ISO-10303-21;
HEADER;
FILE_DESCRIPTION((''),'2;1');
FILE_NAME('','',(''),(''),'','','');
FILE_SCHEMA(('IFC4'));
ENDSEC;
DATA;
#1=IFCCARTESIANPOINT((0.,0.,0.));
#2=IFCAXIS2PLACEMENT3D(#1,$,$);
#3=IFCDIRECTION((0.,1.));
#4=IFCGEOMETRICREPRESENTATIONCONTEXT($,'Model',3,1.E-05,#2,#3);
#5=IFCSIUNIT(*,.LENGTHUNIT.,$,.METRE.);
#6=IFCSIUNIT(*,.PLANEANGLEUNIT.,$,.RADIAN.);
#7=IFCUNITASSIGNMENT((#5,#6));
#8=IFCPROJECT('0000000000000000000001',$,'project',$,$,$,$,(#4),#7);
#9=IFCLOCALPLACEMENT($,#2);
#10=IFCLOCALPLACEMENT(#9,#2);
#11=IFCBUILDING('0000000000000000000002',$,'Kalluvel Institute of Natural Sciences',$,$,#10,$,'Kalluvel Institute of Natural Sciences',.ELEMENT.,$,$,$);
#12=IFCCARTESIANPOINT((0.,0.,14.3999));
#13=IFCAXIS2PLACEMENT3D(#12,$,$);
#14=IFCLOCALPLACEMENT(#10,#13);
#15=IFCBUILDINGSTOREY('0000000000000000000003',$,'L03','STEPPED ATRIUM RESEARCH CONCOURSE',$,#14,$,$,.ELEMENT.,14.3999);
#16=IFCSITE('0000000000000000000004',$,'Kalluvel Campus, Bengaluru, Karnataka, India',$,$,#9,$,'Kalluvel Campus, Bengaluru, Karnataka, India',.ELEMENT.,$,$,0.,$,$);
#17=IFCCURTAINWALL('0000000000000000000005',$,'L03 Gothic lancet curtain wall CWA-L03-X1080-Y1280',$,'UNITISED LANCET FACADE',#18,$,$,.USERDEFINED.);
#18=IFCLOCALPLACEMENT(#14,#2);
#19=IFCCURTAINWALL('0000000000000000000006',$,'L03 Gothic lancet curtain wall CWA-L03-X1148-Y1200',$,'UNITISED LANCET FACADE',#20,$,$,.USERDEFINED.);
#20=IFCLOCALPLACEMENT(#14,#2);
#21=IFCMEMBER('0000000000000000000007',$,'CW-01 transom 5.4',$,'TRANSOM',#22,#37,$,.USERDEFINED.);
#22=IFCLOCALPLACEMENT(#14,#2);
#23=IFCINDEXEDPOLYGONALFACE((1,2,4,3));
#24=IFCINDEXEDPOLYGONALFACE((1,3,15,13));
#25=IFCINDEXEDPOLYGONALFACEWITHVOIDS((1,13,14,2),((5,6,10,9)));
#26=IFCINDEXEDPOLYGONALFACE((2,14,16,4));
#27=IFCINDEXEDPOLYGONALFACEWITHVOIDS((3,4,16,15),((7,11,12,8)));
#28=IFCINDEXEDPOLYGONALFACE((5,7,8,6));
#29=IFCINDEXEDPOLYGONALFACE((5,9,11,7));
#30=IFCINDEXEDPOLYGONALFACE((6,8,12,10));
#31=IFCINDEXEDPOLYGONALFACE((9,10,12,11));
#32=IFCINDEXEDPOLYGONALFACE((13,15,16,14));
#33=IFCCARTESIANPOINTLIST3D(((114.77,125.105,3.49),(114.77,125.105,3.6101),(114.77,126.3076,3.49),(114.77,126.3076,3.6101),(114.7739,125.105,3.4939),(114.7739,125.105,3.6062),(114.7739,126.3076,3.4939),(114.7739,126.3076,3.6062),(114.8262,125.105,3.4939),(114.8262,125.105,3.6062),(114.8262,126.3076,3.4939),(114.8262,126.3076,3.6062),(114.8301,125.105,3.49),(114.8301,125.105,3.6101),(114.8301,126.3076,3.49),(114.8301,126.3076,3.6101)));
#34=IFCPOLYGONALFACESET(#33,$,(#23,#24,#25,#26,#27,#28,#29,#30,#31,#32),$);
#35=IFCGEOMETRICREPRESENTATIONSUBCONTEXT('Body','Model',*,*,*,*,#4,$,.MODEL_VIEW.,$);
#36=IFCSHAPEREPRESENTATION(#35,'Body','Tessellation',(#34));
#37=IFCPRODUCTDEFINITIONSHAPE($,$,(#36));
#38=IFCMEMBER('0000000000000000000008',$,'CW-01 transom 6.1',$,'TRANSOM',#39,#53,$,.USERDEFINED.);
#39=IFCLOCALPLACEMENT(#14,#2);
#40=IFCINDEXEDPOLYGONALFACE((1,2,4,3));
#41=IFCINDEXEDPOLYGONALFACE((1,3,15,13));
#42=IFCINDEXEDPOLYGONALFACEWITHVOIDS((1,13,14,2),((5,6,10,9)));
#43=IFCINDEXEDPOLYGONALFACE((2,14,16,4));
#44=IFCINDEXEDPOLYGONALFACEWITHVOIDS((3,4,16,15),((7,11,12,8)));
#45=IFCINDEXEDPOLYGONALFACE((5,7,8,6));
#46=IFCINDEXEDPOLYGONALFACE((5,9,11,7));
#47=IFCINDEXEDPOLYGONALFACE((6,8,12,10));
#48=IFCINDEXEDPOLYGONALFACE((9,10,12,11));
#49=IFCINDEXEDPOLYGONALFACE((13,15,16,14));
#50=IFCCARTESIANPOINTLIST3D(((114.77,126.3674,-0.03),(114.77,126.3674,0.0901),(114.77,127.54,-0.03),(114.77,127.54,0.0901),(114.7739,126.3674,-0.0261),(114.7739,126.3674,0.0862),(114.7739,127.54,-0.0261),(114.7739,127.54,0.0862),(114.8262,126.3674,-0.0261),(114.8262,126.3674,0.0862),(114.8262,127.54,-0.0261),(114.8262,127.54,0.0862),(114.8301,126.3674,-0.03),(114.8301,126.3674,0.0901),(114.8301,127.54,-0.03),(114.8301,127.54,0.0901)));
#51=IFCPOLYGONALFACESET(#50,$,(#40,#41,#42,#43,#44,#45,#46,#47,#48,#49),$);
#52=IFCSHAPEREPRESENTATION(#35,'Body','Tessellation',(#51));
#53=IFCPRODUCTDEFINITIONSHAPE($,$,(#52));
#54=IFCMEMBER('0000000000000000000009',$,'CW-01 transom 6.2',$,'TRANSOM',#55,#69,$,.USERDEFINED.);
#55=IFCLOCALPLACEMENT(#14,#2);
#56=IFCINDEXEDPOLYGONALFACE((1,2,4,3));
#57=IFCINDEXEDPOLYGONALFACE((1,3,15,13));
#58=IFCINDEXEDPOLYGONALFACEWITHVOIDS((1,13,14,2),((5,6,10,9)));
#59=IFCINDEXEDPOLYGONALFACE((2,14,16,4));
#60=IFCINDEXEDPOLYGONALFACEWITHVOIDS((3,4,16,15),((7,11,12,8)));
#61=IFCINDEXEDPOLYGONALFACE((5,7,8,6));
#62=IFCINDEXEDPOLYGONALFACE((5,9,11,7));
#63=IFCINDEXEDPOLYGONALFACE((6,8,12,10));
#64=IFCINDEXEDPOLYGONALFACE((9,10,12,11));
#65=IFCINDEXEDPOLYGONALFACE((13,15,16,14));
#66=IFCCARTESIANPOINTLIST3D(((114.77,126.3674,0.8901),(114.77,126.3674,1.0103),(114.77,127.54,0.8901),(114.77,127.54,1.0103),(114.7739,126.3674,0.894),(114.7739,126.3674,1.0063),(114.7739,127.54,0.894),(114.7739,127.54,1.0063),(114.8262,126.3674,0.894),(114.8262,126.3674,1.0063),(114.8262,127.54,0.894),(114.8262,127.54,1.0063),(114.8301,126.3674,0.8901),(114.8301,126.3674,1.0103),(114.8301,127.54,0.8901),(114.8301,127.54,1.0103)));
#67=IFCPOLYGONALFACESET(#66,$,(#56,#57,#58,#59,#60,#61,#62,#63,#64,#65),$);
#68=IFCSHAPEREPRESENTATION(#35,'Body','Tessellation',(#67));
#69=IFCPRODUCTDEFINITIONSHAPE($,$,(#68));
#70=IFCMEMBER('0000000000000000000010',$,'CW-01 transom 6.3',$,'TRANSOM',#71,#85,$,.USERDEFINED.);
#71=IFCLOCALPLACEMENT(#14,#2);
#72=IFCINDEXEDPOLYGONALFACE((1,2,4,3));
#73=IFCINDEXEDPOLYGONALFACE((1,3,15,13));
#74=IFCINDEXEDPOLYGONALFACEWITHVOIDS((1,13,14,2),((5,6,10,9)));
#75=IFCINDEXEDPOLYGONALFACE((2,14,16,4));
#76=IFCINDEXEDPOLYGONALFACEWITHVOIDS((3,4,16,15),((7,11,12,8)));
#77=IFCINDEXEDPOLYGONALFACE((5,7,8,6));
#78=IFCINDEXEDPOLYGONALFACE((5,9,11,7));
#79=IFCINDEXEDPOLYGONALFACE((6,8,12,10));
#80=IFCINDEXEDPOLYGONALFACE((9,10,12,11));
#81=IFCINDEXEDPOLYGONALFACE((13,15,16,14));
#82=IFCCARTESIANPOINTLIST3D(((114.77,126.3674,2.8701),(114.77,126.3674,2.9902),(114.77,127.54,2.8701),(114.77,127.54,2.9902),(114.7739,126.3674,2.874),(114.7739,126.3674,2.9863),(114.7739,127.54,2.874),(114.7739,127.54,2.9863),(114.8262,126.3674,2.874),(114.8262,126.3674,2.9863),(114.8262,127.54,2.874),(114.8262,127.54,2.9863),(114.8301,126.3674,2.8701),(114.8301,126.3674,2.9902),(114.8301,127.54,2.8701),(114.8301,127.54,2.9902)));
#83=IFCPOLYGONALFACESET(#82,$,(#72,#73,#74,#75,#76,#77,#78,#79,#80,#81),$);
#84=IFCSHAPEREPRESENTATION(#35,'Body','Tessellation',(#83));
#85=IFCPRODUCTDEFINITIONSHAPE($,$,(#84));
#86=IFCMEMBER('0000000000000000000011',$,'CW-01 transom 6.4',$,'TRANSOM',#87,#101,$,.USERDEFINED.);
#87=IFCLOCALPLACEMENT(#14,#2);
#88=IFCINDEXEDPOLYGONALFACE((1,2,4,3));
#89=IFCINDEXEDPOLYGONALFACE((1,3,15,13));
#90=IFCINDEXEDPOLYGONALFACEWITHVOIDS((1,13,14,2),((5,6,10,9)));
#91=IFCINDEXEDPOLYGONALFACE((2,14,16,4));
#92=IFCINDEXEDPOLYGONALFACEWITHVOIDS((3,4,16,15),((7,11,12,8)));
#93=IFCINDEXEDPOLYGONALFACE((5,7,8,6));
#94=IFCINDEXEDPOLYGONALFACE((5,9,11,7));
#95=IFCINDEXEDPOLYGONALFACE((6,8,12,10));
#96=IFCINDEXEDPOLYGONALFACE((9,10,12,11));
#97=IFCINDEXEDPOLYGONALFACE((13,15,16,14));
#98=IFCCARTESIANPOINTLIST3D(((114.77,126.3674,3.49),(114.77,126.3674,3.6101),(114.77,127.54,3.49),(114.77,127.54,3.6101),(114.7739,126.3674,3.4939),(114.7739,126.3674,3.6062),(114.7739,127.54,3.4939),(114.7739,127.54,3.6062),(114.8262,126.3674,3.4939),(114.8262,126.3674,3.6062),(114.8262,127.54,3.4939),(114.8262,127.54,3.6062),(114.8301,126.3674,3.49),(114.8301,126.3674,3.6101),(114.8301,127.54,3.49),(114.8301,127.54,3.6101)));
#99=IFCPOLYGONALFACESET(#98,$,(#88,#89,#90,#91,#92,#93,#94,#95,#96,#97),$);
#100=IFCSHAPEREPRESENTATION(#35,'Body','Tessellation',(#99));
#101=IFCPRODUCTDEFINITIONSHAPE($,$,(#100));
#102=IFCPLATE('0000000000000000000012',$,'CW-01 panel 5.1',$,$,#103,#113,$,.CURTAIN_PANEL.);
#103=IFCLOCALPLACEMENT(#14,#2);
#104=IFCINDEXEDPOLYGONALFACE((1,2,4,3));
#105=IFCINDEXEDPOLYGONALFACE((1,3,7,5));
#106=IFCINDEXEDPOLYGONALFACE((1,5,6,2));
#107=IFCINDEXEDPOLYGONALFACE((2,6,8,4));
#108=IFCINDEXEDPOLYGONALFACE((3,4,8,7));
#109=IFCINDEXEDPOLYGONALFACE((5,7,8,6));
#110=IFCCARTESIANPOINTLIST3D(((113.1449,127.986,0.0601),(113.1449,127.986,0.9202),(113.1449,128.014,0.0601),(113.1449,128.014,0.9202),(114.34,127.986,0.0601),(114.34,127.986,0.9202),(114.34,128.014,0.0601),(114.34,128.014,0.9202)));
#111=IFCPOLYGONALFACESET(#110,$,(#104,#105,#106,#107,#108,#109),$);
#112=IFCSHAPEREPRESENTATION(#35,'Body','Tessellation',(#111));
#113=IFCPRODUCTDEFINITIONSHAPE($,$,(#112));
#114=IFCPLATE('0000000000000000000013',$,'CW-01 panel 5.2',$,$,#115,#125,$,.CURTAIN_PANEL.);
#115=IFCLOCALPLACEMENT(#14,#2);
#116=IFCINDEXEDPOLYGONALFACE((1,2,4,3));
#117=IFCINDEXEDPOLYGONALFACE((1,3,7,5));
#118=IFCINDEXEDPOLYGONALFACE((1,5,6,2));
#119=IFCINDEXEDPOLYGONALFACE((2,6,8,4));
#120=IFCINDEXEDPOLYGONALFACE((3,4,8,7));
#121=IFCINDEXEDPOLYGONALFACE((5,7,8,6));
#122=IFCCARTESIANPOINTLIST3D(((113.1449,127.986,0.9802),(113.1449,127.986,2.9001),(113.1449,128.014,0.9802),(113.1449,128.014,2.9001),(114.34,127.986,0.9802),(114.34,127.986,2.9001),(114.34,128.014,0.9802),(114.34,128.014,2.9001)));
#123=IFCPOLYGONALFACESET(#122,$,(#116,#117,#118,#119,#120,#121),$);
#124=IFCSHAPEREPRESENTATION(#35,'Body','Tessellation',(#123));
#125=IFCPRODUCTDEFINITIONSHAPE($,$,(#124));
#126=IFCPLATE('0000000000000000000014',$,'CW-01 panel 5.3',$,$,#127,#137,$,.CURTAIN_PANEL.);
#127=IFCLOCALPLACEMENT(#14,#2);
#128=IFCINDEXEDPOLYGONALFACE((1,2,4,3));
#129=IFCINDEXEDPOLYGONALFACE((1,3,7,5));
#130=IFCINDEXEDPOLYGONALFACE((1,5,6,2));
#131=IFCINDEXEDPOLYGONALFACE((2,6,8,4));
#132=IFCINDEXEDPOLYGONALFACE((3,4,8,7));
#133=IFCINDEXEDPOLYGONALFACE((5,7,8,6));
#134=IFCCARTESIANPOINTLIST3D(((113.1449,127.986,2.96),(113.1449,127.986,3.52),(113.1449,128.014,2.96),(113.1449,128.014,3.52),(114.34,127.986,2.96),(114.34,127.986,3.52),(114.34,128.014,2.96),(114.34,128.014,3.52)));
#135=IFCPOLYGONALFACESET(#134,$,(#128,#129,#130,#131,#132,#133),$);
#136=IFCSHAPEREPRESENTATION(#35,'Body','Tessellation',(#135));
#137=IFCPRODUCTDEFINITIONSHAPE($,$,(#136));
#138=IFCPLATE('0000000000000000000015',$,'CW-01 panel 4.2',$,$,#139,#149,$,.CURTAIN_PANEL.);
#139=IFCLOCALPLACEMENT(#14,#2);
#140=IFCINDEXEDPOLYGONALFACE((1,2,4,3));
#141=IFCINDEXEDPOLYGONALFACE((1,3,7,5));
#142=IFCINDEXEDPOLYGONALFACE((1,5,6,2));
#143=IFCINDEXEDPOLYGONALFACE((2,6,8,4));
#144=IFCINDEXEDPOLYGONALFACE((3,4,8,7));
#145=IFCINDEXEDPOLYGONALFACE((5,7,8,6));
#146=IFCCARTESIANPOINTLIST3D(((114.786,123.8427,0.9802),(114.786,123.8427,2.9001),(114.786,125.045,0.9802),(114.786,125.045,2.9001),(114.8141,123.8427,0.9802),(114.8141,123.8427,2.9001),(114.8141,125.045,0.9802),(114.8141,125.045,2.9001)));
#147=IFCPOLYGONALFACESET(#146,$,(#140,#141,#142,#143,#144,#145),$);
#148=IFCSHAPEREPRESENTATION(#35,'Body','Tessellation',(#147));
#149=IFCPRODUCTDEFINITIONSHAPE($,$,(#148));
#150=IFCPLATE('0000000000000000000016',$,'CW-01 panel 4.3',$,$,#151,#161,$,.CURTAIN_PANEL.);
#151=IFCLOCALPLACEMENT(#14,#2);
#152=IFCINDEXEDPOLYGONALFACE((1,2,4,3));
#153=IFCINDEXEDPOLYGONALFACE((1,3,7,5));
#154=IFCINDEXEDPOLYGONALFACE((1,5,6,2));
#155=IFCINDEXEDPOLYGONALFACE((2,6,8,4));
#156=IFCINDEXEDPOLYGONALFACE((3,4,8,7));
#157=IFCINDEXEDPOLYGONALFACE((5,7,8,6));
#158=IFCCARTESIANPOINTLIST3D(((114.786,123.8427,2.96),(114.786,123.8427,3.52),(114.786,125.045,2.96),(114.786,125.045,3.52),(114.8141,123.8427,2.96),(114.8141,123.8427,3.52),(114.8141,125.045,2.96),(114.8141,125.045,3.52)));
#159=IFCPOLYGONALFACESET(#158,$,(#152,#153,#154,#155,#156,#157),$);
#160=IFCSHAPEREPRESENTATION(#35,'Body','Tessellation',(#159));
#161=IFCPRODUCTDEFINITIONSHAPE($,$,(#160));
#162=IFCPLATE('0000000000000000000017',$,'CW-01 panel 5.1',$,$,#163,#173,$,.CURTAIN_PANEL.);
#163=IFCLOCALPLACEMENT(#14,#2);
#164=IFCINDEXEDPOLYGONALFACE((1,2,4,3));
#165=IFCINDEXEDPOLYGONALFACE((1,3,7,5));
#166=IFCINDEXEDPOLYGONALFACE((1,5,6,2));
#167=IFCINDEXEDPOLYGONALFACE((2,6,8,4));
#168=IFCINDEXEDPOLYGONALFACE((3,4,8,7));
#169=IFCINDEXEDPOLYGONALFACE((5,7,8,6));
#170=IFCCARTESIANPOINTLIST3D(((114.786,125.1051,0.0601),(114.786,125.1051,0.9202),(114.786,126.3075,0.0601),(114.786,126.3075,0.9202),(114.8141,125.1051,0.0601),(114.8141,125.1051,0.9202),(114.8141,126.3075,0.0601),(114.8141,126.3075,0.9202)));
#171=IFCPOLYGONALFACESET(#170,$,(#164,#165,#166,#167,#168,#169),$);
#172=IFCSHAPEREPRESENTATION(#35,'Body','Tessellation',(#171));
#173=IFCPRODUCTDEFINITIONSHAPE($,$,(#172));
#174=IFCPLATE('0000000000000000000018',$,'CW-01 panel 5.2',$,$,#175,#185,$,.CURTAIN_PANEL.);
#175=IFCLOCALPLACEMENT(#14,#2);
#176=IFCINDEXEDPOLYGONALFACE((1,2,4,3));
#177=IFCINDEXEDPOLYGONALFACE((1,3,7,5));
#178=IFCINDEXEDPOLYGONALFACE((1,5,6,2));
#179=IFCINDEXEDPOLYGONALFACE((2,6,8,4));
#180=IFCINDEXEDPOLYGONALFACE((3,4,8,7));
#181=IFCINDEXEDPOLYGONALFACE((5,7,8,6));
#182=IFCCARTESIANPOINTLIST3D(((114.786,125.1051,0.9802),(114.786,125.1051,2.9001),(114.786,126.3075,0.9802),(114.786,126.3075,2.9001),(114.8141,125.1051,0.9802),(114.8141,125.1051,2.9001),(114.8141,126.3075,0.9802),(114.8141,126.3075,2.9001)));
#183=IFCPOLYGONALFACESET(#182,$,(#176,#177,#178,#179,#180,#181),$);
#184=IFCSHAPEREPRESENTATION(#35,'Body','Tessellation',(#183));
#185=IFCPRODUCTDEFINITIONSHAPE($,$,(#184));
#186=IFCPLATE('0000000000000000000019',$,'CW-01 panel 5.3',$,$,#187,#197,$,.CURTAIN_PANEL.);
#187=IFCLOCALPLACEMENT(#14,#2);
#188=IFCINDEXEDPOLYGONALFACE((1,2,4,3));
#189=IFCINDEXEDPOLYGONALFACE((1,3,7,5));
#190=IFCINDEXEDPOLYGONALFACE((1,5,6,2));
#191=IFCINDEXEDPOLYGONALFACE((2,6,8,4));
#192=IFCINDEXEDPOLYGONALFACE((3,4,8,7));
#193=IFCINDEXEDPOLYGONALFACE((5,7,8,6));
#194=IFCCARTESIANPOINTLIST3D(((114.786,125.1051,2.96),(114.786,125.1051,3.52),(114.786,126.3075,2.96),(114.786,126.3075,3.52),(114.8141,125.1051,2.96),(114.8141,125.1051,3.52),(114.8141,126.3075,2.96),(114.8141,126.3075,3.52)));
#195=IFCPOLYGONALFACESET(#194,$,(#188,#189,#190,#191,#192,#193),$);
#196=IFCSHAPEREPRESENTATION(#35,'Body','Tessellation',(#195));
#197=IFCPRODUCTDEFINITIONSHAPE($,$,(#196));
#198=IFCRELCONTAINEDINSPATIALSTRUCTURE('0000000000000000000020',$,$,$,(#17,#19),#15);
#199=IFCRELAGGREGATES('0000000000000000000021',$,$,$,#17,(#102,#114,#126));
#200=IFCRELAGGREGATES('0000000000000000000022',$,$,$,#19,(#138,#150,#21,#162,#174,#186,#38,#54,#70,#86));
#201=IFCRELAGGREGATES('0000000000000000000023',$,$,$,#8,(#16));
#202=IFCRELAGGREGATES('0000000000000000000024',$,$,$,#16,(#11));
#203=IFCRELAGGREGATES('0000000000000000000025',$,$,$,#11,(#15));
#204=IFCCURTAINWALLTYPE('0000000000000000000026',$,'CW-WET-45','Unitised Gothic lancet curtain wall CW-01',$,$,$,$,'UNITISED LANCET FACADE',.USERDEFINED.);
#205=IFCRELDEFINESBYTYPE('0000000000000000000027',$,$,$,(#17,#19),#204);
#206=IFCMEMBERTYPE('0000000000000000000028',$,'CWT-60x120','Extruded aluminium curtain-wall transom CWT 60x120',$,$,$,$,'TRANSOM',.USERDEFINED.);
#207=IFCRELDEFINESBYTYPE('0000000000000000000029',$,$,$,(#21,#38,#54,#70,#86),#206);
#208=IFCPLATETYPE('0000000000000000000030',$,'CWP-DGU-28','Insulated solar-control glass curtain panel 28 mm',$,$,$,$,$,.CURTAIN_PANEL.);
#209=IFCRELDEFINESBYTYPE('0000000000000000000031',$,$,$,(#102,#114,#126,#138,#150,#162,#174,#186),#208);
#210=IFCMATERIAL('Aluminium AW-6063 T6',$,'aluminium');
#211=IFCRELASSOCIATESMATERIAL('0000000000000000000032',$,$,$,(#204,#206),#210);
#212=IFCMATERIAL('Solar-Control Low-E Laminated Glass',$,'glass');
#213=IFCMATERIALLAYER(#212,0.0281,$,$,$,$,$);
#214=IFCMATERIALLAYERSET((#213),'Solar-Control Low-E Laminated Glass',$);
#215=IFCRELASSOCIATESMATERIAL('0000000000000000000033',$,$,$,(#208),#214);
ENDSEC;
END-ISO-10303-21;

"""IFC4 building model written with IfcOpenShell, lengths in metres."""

from ifc_helpers import new_model, si_unit, direction, frame, origin, origin_2d, place, context, subcontext, project, spatial, rectangle, hollow_rectangle, extrude, material, layer, layer_set, material_profile, profile_set, type_object, element, aggregate, save


model = new_model("IFC4")

# Units and contexts
model_context = context("Model", 3, precision=1e-05, world=origin(), true_north=direction((0.0, 1.0)))
body_context = subcontext(model_context, "Body", "Model", "MODEL_VIEW")
ifc_project = project(units=[si_unit("LENGTHUNIT", "METRE"), si_unit("PLANEANGLEUNIT", "RADIAN")], contexts=[model_context])

# Site, building, storey
site_placement = place(None, origin())
site = spatial("IfcSite", under=ifc_project, at=site_placement, Name="Kalluvel Campus, Bengaluru, Karnataka, India", LongName="Kalluvel Campus, Bengaluru, Karnataka, India", CompositionType="ELEMENT", RefElevation=0.0)
building_placement = place(site_placement, origin())
building = spatial("IfcBuilding", under=site, at=building_placement, Name="Kalluvel Institute of Natural Sciences", LongName="Kalluvel Institute of Natural Sciences", CompositionType="ELEMENT")
storey_placement = place(building_placement, frame((0.0, 0.0, 14.3999)))
storey = spatial("IfcBuildingStorey", under=building, at=storey_placement, Name="L03", Description="STEPPED ATRIUM RESEARCH CONCOURSE", CompositionType="ELEMENT", Elevation=14.3999)

# Curtain wall
ifc_material_1 = material(Name="Aluminium AW-6063 T6", Category="aluminium")
curtain_wall_type = type_object("IfcCurtainWallType", Name="CW-WET-45", Description="Unitised Gothic lancet curtain wall CW-01", ElementType="UNITISED LANCET FACADE", PredefinedType="USERDEFINED", material=ifc_material_1)
curtain_wall_1_placement = place(storey_placement, origin())
curtain_wall_1 = element("IfcCurtainWall", 1, at=curtain_wall_1_placement, inside=storey, type_object=curtain_wall_type, Name="L03 Gothic lancet curtain wall CWA-L03-X1080-Y1280", ObjectType="UNITISED LANCET FACADE", PredefinedType="USERDEFINED")

# Curtain wall
curtain_wall_2_placement = place(storey_placement, origin())
curtain_wall_2 = element("IfcCurtainWall", 2, at=curtain_wall_2_placement, inside=storey, type_object=curtain_wall_type, Name="L03 Gothic lancet curtain wall CWA-L03-X1148-Y1200", ObjectType="UNITISED LANCET FACADE", PredefinedType="USERDEFINED")

# Members
ifc_material_profile_1 = material_profile(ifc_material_1, hollow_rectangle(XDim=0.0601, YDim=0.1201, WallThickness=0.0039, at=origin_2d()), Name="CWT 60x120")
ifc_profile_set_1 = profile_set([ifc_material_profile_1], Name="Aluminium AW-6063 T6")
member_type_1 = type_object("IfcMemberType", Name="CWT-60x120", Description="Extruded aluminium curtain-wall transom CWT 60x120", ElementType="TRANSOM", PredefinedType="USERDEFINED", material=ifc_profile_set_1)
member_1_placement = place(storey_placement, frame((114.8, 125.105, 3.55), z_axis=(0.0, 1.0, 0.0), x_axis=(-1.0, 0.0, 0.0)))
member_1 = element("IfcMember", 3, at=member_1_placement, type_object=member_type_1, Name="CW-01 transom 5.4", ObjectType="TRANSOM", PredefinedType="USERDEFINED", context=body_context, shape_type="SweptSolid", body=[
    extrude(hollow_rectangle(XDim=0.0601, YDim=0.1201, WallThickness=0.0039, at=origin_2d()), origin(), (0.0, 0.0, 1.0), 1.2026),
])
member_2_placement = place(storey_placement, frame((114.8, 126.3674, 0.03), z_axis=(0.0, 1.0, 0.0), x_axis=(-1.0, 0.0, 0.0)))
member_2 = element("IfcMember", 4, at=member_2_placement, type_object=member_type_1, Name="CW-01 transom 6.1", ObjectType="TRANSOM", PredefinedType="USERDEFINED", context=body_context, shape_type="SweptSolid", body=[
    extrude(hollow_rectangle(XDim=0.0601, YDim=0.1201, WallThickness=0.0039, at=origin_2d()), origin(), (0.0, 0.0, 1.0), 1.1726),
])
member_3_placement = place(storey_placement, frame((114.8, 126.3674, 0.9502), z_axis=(0.0, 1.0, 0.0), x_axis=(-1.0, 0.0, 0.0)))
member_3 = element("IfcMember", 5, at=member_3_placement, type_object=member_type_1, Name="CW-01 transom 6.2", ObjectType="TRANSOM", PredefinedType="USERDEFINED", context=body_context, shape_type="SweptSolid", body=[
    extrude(hollow_rectangle(XDim=0.0601, YDim=0.1201, WallThickness=0.0039, at=origin_2d()), origin(), (0.0, 0.0, 1.0), 1.1726),
])
member_4_placement = place(storey_placement, frame((114.8, 126.3674, 2.9302), z_axis=(0.0, 1.0, 0.0), x_axis=(-1.0, 0.0, 0.0)))
member_4 = element("IfcMember", 6, at=member_4_placement, type_object=member_type_1, Name="CW-01 transom 6.3", ObjectType="TRANSOM", PredefinedType="USERDEFINED", context=body_context, shape_type="SweptSolid", body=[
    extrude(hollow_rectangle(XDim=0.0601, YDim=0.1201, WallThickness=0.0039, at=origin_2d()), origin(), (0.0, 0.0, 1.0), 1.1726),
])
member_5_placement = place(storey_placement, frame((114.8, 126.3674, 3.55), z_axis=(0.0, 1.0, 0.0), x_axis=(-1.0, 0.0, 0.0)))
member_5 = element("IfcMember", 7, at=member_5_placement, type_object=member_type_1, Name="CW-01 transom 6.4", ObjectType="TRANSOM", PredefinedType="USERDEFINED", context=body_context, shape_type="SweptSolid", body=[
    extrude(hollow_rectangle(XDim=0.0601, YDim=0.1201, WallThickness=0.0039, at=origin_2d()), origin(), (0.0, 0.0, 1.0), 1.1726),
])

# Plates
ifc_material_2 = material(Name="Solar-Control Low-E Laminated Glass", Category="glass")
ifc_layer = layer(ifc_material_2, 0.0281)
ifc_layer_set = layer_set([ifc_layer], Name="Solar-Control Low-E Laminated Glass")
plate_type = type_object("IfcPlateType", Name="CWP-DGU-28", Description="Insulated solar-control glass curtain panel 28 mm", PredefinedType="CURTAIN_PANEL", material=ifc_layer_set)
plate_1_placement = place(storey_placement, frame((113.7424, 128.0, 0.0601), z_axis=(0.0, 0.0, 1.0), x_axis=(1.0, 0.0, 0.0)))
plate_1 = element("IfcPlate", 8, at=plate_1_placement, type_object=plate_type, Name="CW-01 panel 5.1", PredefinedType="CURTAIN_PANEL", context=body_context, shape_type="SweptSolid", body=[
    extrude(rectangle(XDim=1.1951, YDim=0.0281, at=origin_2d()), origin(), (0.0, 0.0, 1.0), 0.8601),
])
plate_2_placement = place(storey_placement, frame((113.7424, 128.0, 0.9802), z_axis=(0.0, 0.0, 1.0), x_axis=(1.0, 0.0, 0.0)))
plate_2 = element("IfcPlate", 9, at=plate_2_placement, type_object=plate_type, Name="CW-01 panel 5.2", PredefinedType="CURTAIN_PANEL", context=body_context, shape_type="SweptSolid", body=[
    extrude(rectangle(XDim=1.1951, YDim=0.0281, at=origin_2d()), origin(), (0.0, 0.0, 1.0), 1.9199),
])
plate_3_placement = place(storey_placement, frame((113.7424, 128.0, 2.96), z_axis=(0.0, 0.0, 1.0), x_axis=(1.0, 0.0, 0.0)))
plate_3 = element("IfcPlate", 10, at=plate_3_placement, type_object=plate_type, Name="CW-01 panel 5.3", PredefinedType="CURTAIN_PANEL", context=body_context, shape_type="SweptSolid", body=[
    extrude(rectangle(XDim=1.1951, YDim=0.0281, at=origin_2d()), origin(), (0.0, 0.0, 1.0), 0.5601),
])
aggregate(curtain_wall_1, [plate_1, plate_2, plate_3])
plate_4_placement = place(storey_placement, frame((114.8, 124.4438, 0.9802), z_axis=(0.0, 0.0, 1.0), x_axis=(0.0, 1.0, 0.0)))
plate_4 = element("IfcPlate", 11, at=plate_4_placement, type_object=plate_type, Name="CW-01 panel 4.2", PredefinedType="CURTAIN_PANEL", context=body_context, shape_type="SweptSolid", body=[
    extrude(rectangle(XDim=1.2024, YDim=0.0281, at=origin_2d()), origin(), (0.0, 0.0, 1.0), 1.9199),
])
plate_5_placement = place(storey_placement, frame((114.8, 124.4438, 2.96), z_axis=(0.0, 0.0, 1.0), x_axis=(0.0, 1.0, 0.0)))
plate_5 = element("IfcPlate", 12, at=plate_5_placement, type_object=plate_type, Name="CW-01 panel 4.3", PredefinedType="CURTAIN_PANEL", context=body_context, shape_type="SweptSolid", body=[
    extrude(rectangle(XDim=1.2024, YDim=0.0281, at=origin_2d()), origin(), (0.0, 0.0, 1.0), 0.5601),
])
plate_6_placement = place(storey_placement, frame((114.8, 125.7063, 0.0601), z_axis=(0.0, 0.0, 1.0), x_axis=(0.0, 1.0, 0.0)))
plate_6 = element("IfcPlate", 13, at=plate_6_placement, type_object=plate_type, Name="CW-01 panel 5.1", PredefinedType="CURTAIN_PANEL", context=body_context, shape_type="SweptSolid", body=[
    extrude(rectangle(XDim=1.2024, YDim=0.0281, at=origin_2d()), origin(), (0.0, 0.0, 1.0), 0.8601),
])
plate_7_placement = place(storey_placement, frame((114.8, 125.7063, 0.9802), z_axis=(0.0, 0.0, 1.0), x_axis=(0.0, 1.0, 0.0)))
plate_7 = element("IfcPlate", 14, at=plate_7_placement, type_object=plate_type, Name="CW-01 panel 5.2", PredefinedType="CURTAIN_PANEL", context=body_context, shape_type="SweptSolid", body=[
    extrude(rectangle(XDim=1.2024, YDim=0.0281, at=origin_2d()), origin(), (0.0, 0.0, 1.0), 1.9199),
])
plate_8_placement = place(storey_placement, frame((114.8, 125.7063, 2.96), z_axis=(0.0, 0.0, 1.0), x_axis=(0.0, 1.0, 0.0)))
plate_8 = element("IfcPlate", 15, at=plate_8_placement, type_object=plate_type, Name="CW-01 panel 5.3", PredefinedType="CURTAIN_PANEL", context=body_context, shape_type="SweptSolid", body=[
    extrude(rectangle(XDim=1.2024, YDim=0.0281, at=origin_2d()), origin(), (0.0, 0.0, 1.0), 0.5601),
])
aggregate(curtain_wall_2, [plate_4, plate_5, member_1, plate_6, plate_7, plate_8, member_2, member_3, member_4, member_5])

save(model, "model.ifc")
